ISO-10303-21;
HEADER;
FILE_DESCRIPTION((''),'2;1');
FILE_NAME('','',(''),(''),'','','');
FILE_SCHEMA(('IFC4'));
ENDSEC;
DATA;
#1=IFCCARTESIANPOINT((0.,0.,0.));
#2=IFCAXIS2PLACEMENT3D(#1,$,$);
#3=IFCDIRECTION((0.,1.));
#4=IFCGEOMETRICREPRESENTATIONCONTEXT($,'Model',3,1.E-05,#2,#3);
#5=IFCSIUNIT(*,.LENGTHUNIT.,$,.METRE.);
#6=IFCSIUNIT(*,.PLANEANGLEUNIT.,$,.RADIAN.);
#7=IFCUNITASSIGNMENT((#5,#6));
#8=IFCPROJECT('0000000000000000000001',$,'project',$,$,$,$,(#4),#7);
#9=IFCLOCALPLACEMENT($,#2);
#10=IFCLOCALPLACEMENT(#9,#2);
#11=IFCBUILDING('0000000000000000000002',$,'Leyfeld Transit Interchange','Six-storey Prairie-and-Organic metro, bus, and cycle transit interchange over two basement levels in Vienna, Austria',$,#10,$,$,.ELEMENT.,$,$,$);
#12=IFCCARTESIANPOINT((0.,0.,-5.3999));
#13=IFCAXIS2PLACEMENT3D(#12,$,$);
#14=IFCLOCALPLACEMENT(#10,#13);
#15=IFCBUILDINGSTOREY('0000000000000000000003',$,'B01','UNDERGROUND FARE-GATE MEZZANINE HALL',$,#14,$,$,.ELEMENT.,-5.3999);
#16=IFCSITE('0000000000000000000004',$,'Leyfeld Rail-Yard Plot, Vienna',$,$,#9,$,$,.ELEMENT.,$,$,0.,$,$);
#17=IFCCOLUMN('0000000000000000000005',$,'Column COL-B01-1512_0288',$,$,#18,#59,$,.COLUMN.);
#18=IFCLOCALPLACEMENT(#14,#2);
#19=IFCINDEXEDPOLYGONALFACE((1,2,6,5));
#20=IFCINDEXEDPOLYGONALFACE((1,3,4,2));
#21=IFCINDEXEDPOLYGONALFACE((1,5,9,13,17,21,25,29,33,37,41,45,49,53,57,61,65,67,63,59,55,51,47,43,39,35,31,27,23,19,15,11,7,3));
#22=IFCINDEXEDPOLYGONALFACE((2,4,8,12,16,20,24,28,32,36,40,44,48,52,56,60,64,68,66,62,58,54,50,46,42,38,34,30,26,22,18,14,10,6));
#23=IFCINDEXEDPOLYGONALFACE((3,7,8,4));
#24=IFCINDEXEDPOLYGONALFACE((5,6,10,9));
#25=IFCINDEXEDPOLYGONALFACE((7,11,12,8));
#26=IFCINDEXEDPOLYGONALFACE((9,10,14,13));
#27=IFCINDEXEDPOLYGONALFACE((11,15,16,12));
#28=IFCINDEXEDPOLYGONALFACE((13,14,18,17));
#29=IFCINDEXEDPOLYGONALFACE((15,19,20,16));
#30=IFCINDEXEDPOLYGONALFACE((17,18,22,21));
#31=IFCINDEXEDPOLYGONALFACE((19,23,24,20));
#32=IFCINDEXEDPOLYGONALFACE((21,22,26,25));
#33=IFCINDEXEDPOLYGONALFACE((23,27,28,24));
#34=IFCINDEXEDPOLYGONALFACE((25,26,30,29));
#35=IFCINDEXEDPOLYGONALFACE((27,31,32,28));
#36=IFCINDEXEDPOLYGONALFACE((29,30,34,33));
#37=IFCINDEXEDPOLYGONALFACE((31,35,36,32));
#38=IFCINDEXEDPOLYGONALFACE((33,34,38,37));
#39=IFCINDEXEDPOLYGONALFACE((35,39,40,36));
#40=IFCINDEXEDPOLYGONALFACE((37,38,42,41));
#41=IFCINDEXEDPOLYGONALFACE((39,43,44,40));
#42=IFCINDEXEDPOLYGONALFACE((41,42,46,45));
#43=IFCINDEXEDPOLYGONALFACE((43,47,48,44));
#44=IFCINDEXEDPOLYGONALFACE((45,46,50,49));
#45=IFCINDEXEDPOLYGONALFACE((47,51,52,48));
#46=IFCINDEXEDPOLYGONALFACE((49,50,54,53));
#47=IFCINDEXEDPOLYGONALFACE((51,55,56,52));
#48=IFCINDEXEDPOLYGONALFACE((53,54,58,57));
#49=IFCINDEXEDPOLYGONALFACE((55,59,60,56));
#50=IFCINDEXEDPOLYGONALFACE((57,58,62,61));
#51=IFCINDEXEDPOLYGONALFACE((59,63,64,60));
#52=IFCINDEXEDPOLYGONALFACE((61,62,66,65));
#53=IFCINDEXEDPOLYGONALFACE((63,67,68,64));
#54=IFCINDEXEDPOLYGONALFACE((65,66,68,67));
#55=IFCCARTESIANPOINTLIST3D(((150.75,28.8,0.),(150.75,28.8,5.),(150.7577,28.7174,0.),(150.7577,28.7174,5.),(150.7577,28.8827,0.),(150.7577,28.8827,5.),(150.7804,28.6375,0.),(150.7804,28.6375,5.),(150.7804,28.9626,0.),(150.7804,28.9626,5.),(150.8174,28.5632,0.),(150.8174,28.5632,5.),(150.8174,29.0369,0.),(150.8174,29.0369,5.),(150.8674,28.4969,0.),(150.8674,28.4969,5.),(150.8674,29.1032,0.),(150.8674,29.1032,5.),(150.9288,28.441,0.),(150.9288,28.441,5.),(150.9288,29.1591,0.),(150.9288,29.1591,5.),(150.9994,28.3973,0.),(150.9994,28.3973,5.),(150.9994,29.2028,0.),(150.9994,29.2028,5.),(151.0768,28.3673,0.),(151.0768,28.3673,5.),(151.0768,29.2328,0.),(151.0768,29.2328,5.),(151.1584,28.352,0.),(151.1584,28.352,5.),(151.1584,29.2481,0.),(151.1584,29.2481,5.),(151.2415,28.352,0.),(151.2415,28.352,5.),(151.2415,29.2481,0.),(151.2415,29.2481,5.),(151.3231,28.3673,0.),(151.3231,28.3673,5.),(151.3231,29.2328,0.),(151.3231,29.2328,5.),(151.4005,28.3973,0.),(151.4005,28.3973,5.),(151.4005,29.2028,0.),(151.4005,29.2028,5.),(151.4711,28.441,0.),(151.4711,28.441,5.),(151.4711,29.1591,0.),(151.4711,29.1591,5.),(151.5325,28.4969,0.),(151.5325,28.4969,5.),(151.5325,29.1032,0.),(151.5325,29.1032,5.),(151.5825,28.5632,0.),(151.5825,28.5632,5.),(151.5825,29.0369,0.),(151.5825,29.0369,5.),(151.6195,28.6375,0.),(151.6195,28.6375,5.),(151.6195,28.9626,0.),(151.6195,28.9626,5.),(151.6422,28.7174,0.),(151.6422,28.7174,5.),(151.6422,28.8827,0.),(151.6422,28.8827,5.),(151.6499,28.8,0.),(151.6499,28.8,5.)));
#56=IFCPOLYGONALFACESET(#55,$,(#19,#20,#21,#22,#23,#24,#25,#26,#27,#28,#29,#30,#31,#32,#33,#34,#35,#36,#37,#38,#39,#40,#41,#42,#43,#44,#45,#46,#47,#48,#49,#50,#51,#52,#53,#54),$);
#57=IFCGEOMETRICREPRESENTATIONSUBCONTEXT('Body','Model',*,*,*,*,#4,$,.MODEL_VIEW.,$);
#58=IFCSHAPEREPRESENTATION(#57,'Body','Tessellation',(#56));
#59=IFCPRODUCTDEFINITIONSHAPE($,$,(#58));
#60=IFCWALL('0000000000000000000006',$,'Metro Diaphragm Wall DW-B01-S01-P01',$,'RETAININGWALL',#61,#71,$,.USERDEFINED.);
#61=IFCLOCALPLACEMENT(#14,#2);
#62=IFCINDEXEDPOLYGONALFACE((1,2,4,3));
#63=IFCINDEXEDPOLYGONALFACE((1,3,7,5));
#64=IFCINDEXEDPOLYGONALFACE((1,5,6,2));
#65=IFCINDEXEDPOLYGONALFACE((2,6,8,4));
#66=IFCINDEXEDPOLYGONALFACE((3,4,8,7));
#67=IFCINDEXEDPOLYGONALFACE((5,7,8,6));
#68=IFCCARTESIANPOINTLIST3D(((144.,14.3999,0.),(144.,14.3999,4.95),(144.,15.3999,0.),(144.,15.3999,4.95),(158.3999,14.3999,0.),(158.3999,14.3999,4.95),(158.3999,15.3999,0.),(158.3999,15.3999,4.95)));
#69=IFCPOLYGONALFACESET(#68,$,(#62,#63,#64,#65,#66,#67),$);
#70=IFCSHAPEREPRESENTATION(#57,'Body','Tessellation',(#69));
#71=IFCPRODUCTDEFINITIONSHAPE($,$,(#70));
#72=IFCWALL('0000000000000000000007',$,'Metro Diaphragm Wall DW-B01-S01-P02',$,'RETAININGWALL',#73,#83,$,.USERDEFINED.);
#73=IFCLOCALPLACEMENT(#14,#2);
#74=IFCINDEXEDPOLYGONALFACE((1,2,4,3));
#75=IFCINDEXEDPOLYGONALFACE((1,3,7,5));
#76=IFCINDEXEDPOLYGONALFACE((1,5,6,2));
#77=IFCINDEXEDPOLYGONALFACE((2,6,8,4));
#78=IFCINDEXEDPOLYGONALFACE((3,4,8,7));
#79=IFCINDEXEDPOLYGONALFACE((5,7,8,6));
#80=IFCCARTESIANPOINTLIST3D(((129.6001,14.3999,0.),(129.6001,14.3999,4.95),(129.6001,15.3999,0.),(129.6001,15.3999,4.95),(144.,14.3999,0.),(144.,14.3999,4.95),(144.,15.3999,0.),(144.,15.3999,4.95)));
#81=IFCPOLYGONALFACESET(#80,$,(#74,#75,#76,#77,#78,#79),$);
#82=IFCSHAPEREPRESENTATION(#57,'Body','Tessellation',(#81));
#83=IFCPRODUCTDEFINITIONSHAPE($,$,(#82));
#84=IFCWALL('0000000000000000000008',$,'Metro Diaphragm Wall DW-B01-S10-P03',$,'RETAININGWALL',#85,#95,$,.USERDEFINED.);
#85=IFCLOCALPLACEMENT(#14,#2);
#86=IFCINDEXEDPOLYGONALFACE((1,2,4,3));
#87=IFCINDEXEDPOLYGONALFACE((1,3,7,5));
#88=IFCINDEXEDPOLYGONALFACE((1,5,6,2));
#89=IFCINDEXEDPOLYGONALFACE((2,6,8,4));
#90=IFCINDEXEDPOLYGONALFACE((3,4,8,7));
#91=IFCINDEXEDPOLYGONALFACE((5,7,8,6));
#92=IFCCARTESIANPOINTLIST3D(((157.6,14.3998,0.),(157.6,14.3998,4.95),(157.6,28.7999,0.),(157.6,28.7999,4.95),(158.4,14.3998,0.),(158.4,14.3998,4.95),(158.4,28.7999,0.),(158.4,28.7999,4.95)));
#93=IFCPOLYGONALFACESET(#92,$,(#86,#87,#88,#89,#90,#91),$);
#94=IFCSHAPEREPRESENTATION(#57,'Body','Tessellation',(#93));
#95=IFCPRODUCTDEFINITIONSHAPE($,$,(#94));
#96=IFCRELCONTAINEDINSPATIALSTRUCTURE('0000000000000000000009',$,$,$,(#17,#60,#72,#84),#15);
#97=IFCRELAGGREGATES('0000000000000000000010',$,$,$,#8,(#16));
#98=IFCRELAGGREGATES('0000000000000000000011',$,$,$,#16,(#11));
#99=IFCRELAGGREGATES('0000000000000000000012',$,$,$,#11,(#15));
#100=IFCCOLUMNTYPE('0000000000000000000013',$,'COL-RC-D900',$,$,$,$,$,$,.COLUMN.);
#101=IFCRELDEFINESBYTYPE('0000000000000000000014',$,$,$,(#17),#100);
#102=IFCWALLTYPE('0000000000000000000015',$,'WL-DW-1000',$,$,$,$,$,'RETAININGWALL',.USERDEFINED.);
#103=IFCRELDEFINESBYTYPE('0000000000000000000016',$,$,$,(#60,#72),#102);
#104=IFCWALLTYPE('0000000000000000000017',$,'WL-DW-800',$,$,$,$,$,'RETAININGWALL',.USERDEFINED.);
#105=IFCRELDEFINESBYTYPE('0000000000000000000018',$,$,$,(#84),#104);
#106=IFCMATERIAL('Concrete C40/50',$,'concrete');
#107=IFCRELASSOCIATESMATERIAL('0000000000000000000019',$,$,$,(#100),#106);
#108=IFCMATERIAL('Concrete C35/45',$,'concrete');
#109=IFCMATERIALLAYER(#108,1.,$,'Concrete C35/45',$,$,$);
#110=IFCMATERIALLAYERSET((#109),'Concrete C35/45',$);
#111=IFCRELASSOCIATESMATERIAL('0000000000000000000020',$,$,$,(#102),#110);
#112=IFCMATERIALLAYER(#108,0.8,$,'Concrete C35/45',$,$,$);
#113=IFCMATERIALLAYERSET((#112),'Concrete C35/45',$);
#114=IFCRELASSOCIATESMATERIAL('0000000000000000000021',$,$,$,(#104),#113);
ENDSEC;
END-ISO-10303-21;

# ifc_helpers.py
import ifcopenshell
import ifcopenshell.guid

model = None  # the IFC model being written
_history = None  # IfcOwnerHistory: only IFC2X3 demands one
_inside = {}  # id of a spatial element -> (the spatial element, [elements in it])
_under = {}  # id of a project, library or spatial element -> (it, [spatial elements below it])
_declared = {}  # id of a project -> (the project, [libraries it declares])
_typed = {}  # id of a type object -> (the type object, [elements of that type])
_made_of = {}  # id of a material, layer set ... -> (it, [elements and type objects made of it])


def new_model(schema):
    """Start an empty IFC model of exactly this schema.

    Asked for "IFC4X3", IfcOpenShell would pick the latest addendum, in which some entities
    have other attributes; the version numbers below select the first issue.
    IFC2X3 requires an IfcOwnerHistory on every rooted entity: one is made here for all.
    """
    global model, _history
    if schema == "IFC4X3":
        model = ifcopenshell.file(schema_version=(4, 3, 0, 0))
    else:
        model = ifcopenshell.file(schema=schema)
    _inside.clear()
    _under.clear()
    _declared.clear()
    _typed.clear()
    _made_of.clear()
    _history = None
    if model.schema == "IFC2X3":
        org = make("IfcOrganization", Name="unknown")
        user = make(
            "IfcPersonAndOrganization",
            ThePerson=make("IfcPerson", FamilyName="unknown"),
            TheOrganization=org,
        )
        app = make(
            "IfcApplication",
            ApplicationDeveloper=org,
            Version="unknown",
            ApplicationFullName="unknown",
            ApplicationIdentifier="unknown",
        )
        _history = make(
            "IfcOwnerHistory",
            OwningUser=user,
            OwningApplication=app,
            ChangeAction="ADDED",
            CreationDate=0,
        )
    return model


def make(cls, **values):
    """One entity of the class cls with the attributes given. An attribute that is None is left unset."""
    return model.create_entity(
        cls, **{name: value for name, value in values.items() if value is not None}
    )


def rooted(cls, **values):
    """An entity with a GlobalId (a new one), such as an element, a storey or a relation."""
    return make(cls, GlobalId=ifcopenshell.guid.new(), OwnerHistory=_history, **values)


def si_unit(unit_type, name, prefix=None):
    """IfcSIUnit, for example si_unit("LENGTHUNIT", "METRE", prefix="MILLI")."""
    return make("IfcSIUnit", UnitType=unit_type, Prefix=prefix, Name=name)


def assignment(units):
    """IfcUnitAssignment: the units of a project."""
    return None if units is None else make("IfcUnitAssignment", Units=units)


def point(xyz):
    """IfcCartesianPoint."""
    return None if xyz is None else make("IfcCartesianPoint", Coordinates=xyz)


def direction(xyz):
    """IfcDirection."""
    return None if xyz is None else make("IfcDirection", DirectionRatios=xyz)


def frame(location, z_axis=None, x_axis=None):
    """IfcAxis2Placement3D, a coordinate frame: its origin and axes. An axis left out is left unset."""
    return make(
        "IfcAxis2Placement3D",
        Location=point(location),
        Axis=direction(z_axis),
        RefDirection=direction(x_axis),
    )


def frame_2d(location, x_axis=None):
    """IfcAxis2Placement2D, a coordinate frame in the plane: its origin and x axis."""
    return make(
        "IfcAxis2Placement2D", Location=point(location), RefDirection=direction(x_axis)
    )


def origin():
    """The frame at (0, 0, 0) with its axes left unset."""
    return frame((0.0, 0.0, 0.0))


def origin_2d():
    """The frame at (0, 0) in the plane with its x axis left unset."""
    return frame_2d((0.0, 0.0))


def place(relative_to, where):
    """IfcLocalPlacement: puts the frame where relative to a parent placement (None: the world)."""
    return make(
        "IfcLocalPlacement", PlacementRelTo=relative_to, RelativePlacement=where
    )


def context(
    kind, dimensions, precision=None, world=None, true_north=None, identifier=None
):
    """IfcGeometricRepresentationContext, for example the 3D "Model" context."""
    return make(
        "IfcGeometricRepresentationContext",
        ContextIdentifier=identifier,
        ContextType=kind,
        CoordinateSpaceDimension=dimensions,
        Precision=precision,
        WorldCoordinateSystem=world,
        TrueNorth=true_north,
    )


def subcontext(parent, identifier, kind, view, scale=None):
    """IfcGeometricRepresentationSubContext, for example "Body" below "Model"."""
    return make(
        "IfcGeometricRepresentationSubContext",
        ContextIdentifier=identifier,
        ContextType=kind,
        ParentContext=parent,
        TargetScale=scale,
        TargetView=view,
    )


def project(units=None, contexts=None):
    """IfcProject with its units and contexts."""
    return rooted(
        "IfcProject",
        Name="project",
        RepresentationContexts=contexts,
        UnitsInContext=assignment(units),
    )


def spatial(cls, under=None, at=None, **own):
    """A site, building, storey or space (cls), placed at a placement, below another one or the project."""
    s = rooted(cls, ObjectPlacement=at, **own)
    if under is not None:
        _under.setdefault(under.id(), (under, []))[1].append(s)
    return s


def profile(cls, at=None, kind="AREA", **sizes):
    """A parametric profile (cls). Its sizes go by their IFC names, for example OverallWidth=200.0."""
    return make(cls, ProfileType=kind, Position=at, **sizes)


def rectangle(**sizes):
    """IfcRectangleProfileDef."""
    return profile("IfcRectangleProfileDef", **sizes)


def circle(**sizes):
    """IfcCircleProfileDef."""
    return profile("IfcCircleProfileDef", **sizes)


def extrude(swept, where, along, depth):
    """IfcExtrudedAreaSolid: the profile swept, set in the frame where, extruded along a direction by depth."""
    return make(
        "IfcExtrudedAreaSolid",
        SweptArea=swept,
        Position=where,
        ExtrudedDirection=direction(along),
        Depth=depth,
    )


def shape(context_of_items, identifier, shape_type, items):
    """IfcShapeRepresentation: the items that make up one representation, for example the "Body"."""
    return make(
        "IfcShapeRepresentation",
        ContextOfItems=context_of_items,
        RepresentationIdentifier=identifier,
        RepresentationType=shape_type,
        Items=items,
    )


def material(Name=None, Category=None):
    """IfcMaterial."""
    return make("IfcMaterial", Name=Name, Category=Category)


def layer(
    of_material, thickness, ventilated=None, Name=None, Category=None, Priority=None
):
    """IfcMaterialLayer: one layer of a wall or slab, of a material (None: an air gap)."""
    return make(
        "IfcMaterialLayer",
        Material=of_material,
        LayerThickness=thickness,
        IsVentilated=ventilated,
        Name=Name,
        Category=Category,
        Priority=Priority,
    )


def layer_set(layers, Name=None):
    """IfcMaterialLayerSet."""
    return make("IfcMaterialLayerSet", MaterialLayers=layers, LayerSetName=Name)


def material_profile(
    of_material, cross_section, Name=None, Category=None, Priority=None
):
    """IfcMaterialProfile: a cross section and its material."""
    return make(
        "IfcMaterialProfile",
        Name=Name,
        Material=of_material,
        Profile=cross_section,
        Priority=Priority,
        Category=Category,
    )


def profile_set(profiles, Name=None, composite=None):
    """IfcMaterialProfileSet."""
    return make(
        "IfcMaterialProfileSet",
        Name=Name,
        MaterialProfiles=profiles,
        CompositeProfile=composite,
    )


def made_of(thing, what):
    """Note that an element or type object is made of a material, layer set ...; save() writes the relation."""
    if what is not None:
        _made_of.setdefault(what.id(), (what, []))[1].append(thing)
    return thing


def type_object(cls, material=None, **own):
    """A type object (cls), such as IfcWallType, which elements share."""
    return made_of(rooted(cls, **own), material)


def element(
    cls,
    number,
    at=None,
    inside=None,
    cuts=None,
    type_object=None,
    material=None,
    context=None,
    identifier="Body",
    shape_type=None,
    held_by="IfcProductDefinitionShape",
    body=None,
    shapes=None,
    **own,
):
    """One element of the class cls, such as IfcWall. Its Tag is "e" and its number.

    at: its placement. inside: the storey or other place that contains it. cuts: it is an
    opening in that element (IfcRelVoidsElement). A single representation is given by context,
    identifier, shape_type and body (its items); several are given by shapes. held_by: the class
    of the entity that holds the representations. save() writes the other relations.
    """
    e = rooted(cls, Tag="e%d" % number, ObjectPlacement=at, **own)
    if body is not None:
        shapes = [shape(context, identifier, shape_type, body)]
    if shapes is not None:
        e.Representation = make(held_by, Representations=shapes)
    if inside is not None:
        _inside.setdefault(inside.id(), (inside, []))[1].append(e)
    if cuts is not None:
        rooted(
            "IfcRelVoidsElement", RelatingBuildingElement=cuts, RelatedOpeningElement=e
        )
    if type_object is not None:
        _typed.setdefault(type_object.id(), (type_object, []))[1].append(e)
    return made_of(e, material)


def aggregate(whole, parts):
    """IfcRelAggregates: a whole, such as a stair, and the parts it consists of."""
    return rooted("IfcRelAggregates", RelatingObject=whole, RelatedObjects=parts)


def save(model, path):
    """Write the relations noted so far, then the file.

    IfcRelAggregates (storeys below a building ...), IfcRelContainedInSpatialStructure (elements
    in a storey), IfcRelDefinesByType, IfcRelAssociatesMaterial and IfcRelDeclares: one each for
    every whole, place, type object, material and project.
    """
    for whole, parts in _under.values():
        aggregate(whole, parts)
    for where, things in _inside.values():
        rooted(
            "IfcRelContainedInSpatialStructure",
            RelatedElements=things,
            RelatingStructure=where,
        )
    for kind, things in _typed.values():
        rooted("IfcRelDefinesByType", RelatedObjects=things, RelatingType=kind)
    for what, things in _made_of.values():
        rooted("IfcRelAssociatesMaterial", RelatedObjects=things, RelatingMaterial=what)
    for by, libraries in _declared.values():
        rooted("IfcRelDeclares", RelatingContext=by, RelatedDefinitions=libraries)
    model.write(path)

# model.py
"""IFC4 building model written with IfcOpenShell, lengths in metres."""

from ifc_helpers import new_model, si_unit, direction, frame, frame_2d, origin, origin_2d, place, context, subcontext, project, spatial, rectangle, circle, extrude, material, layer, layer_set, material_profile, profile_set, type_object, element, save


model = new_model("IFC4")

# Units and contexts
model_context = context("Model", 3, precision=1e-05, world=origin(), true_north=direction((0.0, 1.0)))
body_context = subcontext(model_context, "Body", "Model", "MODEL_VIEW")
ifc_project = project(units=[si_unit("LENGTHUNIT", "METRE"), si_unit("PLANEANGLEUNIT", "RADIAN")], contexts=[model_context])

# Site, building, storey
site_placement = place(None, origin())
site = spatial("IfcSite", under=ifc_project, at=site_placement, Name="Leyfeld Rail-Yard Plot, Vienna", CompositionType="ELEMENT", RefElevation=0.0)
building_placement = place(site_placement, origin())
building = spatial("IfcBuilding", under=site, at=building_placement, Name="Leyfeld Transit Interchange", Description="Six-storey Prairie-and-Organic metro, bus, and cycle transit interchange over two basement levels in Vienna, Austria", CompositionType="ELEMENT")
storey_placement = place(building_placement, frame((0.0, 0.0, -5.3999)))
storey = spatial("IfcBuildingStorey", under=building, at=storey_placement, Name="B01", Description="UNDERGROUND FARE-GATE MEZZANINE HALL", CompositionType="ELEMENT", Elevation=-5.3999)

# Column
ifc_material_1 = material(Name="Concrete C35/45", Category="concrete")
ifc_material_2 = material(Name="Concrete C40/50", Category="concrete")
ifc_material_profile_1 = material_profile(ifc_material_2, circle(Radius=0.45, at=origin_2d()), Name="RC D900")
ifc_profile_set_1 = profile_set([ifc_material_profile_1], Name="Concrete C40/50")
column_type_1 = type_object("IfcColumnType", Name="COL-RC-D900", PredefinedType="COLUMN", material=ifc_profile_set_1)
for number, where, z_axis, x_axis, name in (
    (1, (151.2, 28.8, 0.0), (0.0, 0.0, 1.0), (1.0, 0.0, 0.0), "Column COL-B01-1512_0288"),
):
    element("IfcColumn", number, at=place(storey_placement, frame(where, z_axis=z_axis, x_axis=x_axis)), inside=storey, type_object=column_type_1, Name=name, PredefinedType="COLUMN", context=body_context, shape_type="SweptSolid", body=[
        extrude(circle(Radius=0.45, at=origin_2d()), origin(), (0.0, 0.0, 1.0), 5.0),
    ])

# Walls
ifc_layer_1 = layer(ifc_material_1, 1.0, Name="Concrete C35/45")
ifc_layer_set_1 = layer_set([ifc_layer_1], Name="Concrete C35/45")
wall_type_1 = type_object("IfcWallType", Name="WL-DW-1000", ElementType="RETAININGWALL", PredefinedType="USERDEFINED", material=ifc_layer_set_1)
for number, where, z_axis, x_axis, name in (
    (2, (158.3999, 14.8999, 0.0), (0.0, 0.0, 1.0), (-1.0, 0.0, 0.0), "Metro Diaphragm Wall DW-B01-S01-P01"),
    (3, (144.0, 14.8999, 0.0), (0.0, 0.0, 1.0), (-1.0, 0.0, 0.0), "Metro Diaphragm Wall DW-B01-S01-P02"),
):
    element("IfcWall", number, at=place(storey_placement, frame(where, z_axis=z_axis, x_axis=x_axis)), inside=storey, type_object=wall_type_1, Name=name, ObjectType="RETAININGWALL", PredefinedType="USERDEFINED", context=body_context, shape_type="SweptSolid", body=[
        extrude(rectangle(XDim=14.3999, YDim=1.0, at=frame_2d((7.2, 0.0))), origin(), (0.0, 0.0, 1.0), 4.95),
    ])
ifc_layer_2 = layer(ifc_material_1, 0.8, Name="Concrete C35/45")
ifc_layer_set_2 = layer_set([ifc_layer_2], Name="Concrete C35/45")
wall_type_2 = type_object("IfcWallType", Name="WL-DW-800", ElementType="RETAININGWALL", PredefinedType="USERDEFINED", material=ifc_layer_set_2)
wall_placement = place(storey_placement, frame((158.0, 28.8, 0.0), z_axis=(0.0, 0.0, 1.0), x_axis=(0.0, -1.0, 0.0)))
element("IfcWall", 4, at=wall_placement, inside=storey, type_object=wall_type_2, Name="Metro Diaphragm Wall DW-B01-S10-P03", ObjectType="RETAININGWALL", PredefinedType="USERDEFINED", context=body_context, shape_type="SweptSolid", body=[
    extrude(rectangle(XDim=14.4001, YDim=0.8, at=frame_2d((7.2002, 0.0))), origin(), (0.0, 0.0, 1.0), 4.95),
])

save(model, "model.ifc")
